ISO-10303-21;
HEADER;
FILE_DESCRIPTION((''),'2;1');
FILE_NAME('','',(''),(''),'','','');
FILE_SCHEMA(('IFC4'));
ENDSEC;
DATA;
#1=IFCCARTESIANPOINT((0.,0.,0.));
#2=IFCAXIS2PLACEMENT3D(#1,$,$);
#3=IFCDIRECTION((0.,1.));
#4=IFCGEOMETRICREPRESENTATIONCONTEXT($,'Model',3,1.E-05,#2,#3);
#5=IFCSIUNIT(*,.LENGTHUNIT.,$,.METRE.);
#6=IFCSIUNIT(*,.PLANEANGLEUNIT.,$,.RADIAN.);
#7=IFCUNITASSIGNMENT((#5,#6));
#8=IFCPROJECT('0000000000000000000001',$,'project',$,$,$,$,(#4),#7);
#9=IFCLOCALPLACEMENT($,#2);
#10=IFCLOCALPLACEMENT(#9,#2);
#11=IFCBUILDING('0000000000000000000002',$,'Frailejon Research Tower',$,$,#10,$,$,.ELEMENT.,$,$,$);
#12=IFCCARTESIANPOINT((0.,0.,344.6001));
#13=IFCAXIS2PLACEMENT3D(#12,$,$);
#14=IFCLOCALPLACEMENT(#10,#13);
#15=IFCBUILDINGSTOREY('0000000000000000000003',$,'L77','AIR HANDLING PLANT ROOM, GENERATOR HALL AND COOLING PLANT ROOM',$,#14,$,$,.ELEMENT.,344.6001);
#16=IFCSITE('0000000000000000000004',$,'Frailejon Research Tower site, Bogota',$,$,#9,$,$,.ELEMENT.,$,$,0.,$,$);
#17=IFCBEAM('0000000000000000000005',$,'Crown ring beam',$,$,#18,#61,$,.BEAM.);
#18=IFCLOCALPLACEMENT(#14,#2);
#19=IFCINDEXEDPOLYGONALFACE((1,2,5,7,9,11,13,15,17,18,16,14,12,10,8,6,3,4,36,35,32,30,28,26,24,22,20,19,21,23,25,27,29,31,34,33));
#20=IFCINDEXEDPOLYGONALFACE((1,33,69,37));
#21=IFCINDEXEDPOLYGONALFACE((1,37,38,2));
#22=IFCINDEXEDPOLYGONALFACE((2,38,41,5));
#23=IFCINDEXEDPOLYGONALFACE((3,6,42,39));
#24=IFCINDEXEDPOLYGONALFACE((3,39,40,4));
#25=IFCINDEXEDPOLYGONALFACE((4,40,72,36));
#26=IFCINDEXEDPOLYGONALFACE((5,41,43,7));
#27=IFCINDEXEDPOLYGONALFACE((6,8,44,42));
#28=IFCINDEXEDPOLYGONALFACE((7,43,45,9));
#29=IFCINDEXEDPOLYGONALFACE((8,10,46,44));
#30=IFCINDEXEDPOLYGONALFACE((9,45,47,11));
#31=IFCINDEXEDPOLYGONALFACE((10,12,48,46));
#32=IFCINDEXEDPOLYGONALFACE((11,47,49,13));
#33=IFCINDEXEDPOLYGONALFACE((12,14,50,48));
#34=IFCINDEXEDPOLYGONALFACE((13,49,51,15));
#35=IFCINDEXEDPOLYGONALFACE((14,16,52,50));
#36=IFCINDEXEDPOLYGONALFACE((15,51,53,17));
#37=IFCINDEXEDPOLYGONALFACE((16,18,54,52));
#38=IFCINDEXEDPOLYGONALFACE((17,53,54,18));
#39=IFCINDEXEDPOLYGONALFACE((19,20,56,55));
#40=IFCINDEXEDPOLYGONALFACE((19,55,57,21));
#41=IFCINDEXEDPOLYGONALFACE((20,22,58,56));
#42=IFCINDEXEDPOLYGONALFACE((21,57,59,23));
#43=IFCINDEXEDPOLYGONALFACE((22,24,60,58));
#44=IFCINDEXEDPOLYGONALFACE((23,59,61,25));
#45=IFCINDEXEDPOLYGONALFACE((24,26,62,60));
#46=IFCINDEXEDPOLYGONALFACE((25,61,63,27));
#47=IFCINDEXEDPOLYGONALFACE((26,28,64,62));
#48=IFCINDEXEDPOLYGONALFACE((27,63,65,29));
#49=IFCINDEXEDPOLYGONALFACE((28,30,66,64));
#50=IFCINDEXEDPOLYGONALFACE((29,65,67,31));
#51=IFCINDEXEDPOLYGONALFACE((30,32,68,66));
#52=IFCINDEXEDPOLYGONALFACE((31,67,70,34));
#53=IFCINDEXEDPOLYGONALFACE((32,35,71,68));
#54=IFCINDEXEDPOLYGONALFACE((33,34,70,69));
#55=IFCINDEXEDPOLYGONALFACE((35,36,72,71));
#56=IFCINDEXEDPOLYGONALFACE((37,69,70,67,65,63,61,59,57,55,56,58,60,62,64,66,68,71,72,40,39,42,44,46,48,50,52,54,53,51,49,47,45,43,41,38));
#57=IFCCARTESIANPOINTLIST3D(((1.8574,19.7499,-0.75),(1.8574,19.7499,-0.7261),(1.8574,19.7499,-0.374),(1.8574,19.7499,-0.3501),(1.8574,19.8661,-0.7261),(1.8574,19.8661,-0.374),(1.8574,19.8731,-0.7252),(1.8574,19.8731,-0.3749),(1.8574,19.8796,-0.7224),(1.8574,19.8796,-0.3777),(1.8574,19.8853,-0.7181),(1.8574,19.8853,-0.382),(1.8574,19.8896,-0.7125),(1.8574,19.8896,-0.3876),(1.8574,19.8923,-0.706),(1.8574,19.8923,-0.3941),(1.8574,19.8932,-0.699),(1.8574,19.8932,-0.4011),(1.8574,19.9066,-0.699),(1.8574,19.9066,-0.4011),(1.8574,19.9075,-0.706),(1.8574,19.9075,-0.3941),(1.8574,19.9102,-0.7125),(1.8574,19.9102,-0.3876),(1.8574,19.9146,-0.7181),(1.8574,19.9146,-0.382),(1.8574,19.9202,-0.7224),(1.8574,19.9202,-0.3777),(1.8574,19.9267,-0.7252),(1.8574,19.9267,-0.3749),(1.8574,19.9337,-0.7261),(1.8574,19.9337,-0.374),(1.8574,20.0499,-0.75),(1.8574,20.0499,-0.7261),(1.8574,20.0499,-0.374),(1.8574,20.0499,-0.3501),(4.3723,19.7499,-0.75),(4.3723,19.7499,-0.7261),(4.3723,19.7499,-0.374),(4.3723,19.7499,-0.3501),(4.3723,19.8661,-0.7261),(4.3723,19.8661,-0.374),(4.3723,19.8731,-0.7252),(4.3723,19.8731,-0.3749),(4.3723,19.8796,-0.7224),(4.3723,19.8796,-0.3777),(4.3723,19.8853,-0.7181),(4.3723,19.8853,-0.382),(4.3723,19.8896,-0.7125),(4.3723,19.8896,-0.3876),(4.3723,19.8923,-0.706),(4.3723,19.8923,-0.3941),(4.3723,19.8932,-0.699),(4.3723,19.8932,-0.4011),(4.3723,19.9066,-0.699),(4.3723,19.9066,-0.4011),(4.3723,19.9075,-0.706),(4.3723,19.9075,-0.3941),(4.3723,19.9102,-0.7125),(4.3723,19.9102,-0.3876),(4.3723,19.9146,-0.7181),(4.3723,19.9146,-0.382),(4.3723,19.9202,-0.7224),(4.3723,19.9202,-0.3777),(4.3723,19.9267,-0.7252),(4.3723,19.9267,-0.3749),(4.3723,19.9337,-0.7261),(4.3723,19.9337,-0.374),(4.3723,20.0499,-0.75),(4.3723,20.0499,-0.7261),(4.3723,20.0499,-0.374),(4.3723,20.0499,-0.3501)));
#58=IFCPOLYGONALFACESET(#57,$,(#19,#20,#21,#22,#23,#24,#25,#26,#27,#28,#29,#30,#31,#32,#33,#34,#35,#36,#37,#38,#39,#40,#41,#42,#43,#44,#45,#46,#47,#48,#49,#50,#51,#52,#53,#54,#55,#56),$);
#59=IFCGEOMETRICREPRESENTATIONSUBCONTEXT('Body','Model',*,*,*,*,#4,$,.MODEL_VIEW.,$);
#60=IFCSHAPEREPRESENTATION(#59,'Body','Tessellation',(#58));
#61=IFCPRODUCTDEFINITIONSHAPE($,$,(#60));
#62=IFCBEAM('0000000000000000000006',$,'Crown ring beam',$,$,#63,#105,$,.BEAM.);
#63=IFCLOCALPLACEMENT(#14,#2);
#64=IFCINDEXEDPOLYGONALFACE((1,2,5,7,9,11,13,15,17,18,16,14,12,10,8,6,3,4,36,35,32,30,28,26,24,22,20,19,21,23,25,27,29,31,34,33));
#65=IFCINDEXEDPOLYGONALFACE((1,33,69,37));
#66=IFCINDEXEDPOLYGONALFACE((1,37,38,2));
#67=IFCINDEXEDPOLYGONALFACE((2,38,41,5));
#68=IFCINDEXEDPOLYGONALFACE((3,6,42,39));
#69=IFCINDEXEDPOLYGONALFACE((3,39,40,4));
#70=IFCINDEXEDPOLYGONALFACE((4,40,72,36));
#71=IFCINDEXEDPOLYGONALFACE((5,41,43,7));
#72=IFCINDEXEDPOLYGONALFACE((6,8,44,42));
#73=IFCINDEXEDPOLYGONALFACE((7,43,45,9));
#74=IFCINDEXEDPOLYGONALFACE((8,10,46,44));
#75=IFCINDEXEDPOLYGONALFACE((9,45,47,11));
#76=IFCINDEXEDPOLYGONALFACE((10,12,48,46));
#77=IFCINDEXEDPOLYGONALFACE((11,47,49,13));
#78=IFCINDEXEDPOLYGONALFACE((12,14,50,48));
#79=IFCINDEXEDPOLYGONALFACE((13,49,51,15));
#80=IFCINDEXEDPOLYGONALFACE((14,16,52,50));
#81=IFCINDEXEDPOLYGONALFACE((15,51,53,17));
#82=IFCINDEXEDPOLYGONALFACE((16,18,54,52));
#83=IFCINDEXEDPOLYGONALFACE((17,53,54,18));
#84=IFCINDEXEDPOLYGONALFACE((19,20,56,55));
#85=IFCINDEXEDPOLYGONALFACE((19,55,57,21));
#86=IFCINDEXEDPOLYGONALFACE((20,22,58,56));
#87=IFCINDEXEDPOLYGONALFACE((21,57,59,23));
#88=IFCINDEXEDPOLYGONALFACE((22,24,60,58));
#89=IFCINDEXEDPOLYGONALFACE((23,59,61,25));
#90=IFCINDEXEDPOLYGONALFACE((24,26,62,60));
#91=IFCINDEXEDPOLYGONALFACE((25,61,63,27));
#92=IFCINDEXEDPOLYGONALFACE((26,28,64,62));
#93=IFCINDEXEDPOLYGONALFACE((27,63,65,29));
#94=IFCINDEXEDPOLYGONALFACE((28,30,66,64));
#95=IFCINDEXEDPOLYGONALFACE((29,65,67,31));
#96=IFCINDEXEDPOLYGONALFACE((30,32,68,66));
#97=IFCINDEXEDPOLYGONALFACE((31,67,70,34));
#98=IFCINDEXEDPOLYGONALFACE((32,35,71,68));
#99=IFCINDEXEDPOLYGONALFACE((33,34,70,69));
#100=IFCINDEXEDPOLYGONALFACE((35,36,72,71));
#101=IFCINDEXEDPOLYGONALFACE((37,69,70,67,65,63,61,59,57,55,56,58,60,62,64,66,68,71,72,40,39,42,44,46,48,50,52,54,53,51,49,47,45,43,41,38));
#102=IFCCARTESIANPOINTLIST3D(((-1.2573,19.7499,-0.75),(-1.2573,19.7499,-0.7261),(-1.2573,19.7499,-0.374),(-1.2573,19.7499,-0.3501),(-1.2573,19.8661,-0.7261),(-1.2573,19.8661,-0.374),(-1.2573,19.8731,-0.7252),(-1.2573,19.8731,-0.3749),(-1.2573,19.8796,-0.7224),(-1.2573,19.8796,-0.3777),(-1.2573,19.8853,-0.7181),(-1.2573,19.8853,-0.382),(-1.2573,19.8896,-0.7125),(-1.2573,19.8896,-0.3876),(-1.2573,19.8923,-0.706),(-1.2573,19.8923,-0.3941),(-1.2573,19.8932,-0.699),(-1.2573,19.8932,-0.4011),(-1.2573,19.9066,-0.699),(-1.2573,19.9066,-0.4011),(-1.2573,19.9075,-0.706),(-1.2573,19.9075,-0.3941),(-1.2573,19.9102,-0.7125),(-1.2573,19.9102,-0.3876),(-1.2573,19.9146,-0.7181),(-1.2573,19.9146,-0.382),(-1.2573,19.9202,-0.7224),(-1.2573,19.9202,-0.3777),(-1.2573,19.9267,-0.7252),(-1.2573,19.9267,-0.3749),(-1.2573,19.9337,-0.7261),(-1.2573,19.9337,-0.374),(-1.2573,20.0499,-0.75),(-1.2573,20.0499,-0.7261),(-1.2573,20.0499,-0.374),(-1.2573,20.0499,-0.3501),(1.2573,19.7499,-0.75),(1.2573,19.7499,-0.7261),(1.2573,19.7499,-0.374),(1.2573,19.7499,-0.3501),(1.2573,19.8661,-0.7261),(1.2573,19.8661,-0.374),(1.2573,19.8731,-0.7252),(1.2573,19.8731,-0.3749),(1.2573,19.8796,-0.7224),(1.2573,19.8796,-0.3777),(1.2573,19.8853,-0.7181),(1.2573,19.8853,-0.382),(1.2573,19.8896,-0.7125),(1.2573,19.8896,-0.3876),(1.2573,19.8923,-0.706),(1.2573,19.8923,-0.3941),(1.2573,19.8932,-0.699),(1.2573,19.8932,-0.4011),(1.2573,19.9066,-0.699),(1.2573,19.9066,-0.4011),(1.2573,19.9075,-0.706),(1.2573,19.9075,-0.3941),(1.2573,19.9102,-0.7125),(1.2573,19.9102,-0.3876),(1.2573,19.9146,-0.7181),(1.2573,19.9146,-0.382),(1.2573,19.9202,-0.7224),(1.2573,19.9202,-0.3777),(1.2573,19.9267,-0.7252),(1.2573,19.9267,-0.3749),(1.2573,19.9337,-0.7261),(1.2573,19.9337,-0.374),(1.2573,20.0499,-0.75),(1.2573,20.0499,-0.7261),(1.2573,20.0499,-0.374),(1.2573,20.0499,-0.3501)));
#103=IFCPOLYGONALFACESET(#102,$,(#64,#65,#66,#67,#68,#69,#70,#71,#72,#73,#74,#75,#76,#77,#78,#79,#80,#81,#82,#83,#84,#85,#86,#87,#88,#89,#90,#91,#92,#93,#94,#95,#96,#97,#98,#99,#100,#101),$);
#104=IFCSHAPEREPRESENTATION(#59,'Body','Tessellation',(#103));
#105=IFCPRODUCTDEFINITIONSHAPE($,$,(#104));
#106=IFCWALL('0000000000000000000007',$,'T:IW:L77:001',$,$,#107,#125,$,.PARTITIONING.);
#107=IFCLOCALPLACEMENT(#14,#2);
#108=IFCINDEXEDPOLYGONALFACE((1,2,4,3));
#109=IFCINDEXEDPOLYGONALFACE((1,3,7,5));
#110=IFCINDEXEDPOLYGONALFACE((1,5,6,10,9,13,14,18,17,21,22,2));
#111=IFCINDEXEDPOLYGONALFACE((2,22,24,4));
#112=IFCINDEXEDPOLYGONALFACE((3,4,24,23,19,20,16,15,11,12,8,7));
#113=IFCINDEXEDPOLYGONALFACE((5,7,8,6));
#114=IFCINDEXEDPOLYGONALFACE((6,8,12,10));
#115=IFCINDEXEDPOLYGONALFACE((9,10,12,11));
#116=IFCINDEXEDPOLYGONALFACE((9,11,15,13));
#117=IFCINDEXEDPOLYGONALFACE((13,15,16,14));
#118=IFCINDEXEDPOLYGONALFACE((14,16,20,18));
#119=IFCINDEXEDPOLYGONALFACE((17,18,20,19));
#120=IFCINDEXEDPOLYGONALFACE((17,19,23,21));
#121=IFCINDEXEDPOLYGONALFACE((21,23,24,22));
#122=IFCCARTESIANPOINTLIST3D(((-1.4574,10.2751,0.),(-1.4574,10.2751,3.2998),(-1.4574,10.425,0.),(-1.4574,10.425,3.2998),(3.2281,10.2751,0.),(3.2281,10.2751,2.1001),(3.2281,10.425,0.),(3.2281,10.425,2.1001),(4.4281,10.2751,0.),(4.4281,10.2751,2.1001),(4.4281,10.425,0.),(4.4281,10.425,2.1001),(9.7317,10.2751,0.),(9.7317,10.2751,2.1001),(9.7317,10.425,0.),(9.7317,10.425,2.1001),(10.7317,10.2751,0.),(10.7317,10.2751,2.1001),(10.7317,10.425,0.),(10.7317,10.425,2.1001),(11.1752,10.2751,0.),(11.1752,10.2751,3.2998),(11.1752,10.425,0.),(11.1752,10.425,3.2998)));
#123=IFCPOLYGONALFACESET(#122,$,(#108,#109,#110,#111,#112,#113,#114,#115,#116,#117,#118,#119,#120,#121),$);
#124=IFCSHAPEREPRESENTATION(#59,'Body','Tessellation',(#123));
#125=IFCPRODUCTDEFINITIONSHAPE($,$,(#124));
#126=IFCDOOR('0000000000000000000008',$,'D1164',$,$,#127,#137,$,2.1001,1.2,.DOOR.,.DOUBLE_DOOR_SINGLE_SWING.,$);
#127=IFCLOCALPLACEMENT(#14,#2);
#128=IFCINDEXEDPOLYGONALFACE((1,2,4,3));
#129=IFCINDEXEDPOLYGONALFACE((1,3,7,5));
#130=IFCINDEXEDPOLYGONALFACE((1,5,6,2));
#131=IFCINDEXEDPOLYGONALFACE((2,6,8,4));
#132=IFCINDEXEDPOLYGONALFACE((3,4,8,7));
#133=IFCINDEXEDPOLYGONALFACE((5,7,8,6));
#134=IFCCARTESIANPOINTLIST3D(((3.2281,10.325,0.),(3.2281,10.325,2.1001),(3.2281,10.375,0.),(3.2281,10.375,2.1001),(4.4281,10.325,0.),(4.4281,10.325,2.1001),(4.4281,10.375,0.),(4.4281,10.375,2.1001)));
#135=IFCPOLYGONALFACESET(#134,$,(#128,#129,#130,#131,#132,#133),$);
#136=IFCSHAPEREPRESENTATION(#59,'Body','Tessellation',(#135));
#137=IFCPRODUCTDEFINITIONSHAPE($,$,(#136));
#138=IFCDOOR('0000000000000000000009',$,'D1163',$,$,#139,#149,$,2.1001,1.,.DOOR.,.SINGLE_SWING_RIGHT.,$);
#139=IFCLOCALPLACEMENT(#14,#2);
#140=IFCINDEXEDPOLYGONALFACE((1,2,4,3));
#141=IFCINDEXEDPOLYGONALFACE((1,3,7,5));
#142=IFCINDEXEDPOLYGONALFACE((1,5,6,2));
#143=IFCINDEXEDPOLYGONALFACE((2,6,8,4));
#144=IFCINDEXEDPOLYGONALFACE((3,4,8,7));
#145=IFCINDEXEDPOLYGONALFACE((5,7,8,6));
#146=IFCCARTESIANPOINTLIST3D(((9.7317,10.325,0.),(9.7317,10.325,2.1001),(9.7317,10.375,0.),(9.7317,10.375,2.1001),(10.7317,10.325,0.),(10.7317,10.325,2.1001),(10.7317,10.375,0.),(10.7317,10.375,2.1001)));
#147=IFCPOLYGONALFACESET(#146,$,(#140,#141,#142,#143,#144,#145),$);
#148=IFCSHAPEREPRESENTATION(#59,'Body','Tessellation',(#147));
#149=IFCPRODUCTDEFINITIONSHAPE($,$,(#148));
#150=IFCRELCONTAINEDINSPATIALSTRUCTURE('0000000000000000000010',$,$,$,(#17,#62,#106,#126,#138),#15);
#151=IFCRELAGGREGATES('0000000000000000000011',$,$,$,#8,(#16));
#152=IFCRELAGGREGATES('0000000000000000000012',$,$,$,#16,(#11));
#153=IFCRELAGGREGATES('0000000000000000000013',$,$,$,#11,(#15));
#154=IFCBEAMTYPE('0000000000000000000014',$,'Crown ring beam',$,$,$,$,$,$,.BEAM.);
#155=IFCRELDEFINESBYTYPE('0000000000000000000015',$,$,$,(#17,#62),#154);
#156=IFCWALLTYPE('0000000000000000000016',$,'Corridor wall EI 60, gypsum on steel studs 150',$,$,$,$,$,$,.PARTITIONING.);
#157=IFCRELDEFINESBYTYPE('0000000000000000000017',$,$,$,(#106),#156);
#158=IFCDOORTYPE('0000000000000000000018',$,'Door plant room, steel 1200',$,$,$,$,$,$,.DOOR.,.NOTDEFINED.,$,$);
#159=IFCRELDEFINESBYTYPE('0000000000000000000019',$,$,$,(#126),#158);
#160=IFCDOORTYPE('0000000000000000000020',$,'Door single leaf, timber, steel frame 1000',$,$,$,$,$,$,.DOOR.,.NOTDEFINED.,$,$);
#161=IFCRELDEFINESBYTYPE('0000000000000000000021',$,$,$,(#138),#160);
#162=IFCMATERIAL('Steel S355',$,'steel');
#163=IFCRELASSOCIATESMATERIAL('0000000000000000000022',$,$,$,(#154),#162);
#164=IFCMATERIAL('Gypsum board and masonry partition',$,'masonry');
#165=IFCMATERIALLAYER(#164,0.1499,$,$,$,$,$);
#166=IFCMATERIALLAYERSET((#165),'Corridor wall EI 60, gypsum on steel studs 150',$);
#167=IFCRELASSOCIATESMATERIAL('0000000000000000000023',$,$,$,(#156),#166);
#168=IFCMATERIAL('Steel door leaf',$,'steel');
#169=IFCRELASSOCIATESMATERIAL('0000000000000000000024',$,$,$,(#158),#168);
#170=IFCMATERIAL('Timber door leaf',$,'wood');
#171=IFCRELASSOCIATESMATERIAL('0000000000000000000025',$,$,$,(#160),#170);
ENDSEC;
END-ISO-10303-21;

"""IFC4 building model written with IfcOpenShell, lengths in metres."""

from ifc_helpers import new_model, si_unit, direction, frame, frame_2d, origin, origin_2d, place, context, subcontext, project, spatial, rectangle, i_section, extrude, material, layer, layer_set, material_profile, profile_set, type_object, element, fill, save


model = new_model("IFC4")

# Units and contexts
model_context = context("Model", 3, precision=1e-05, world=origin(), true_north=direction((0.0, 1.0)))
body_context = subcontext(model_context, "Body", "Model", "MODEL_VIEW")
ifc_project = project(units=[si_unit("LENGTHUNIT", "METRE"), si_unit("PLANEANGLEUNIT", "RADIAN")], contexts=[model_context])

# Site, building, storey
site_placement = place(None, origin())
site = spatial("IfcSite", under=ifc_project, at=site_placement, Name="Frailejon Research Tower site, Bogota", CompositionType="ELEMENT", RefElevation=0.0)
building_placement = place(site_placement, origin())
building = spatial("IfcBuilding", under=site, at=building_placement, Name="Frailejon Research Tower", CompositionType="ELEMENT")
storey_placement = place(building_placement, frame((0.0, 0.0, 344.6001)))
storey = spatial("IfcBuildingStorey", under=building, at=storey_placement, Name="L77", Description="AIR HANDLING PLANT ROOM, GENERATOR HALL AND COOLING PLANT ROOM", CompositionType="ELEMENT", Elevation=344.6001)

# Beams
ifc_material_1 = material(Name="Steel S355", Category="steel")
ifc_material_profile_1 = material_profile(ifc_material_1, i_section(OverallWidth=0.3, OverallDepth=0.3999, WebThickness=0.0134, FlangeThickness=0.0239, FilletRadius=0.0271, at=origin_2d()), Name="HE 400 B")
ifc_profile_set_1 = profile_set([ifc_material_profile_1], Name="Steel S355")
beam_type_1 = type_object("IfcBeamType", Name="Crown ring beam", PredefinedType="BEAM", material=ifc_profile_set_1)
for number, where, z_axis, x_axis, name in (
    (1, (4.3723, 19.8999, -0.55), (-1.0, 0.0, 0.0), (0.0, -1.0, 0.0), "Crown ring beam"),
):
    element("IfcBeam", number, at=place(storey_placement, frame(where, z_axis=z_axis, x_axis=x_axis)), inside=storey, type_object=beam_type_1, Name=name, PredefinedType="BEAM", context=body_context, shape_type="SweptSolid", body=[
        extrude(i_section(OverallWidth=0.3, OverallDepth=0.3999, WebThickness=0.0134, FlangeThickness=0.0239, FilletRadius=0.0271, at=origin_2d()), origin(), (0.0, 0.0, 1.0), 2.5149),
    ])
beam_1_placement = place(storey_placement, frame((1.2573, 19.8999, -0.55), z_axis=(-1.0, 0.0, 0.0), x_axis=(0.0, -1.0, 0.0)))
element("IfcBeam", 2, at=beam_1_placement, inside=storey, type_object=beam_type_1, Name="Crown ring beam", PredefinedType="BEAM", context=body_context, shape_type="SweptSolid", body=[
    extrude(i_section(OverallWidth=0.3, OverallDepth=0.3999, WebThickness=0.0134, FlangeThickness=0.0239, FilletRadius=0.0271, at=origin_2d()), origin(), (0.0, 0.0, 1.0), 2.5146),
])

# Wall, openings, doors
ifc_material_2 = material(Name="Gypsum board and masonry partition", Category="masonry")
ifc_layer_1 = layer(ifc_material_2, 0.1499)
ifc_layer_set_1 = layer_set([ifc_layer_1], Name="Corridor wall EI 60, gypsum on steel studs 150")
wall_type_1 = type_object("IfcWallType", Name="Corridor wall EI 60, gypsum on steel studs 150", PredefinedType="PARTITIONING", material=ifc_layer_set_1)
wall_1_placement = place(storey_placement, frame((-1.4575, 10.3501, 0.0), z_axis=(0.0, 0.0, 1.0), x_axis=(1.0, 0.0, 0.0)))
wall_1 = element("IfcWall", 3, at=wall_1_placement, inside=storey, type_object=wall_type_1, Name="T:IW:L77:001", PredefinedType="PARTITIONING", context=body_context, shape_type="SweptSolid", body=[
    extrude(rectangle(XDim=12.6326, YDim=0.1499, at=frame_2d((6.3164, 0.0))), origin(), (0.0, 0.0, 1.0), 3.2998),
])
opening_1_placement = place(wall_1_placement, frame((11.1892, 0.0, 0.0)))
opening_1 = element("IfcOpeningElement", 4, at=opening_1_placement, cuts=wall_1, PredefinedType="OPENING", context=body_context, shape_type="SweptSolid", body=[
    extrude(rectangle(XDim=1.0, YDim=2.1001, at=frame_2d((0.5, 1.05))), frame((0.0, 0.085, 0.0), z_axis=(0.0, -1.0, 0.0), x_axis=(1.0, 0.0, 0.0)), (0.0, 0.0, 1.0), 0.1699),
])
opening_2_placement = place(wall_1_placement, frame((4.6855, 0.0, 0.0)))
opening_2 = element("IfcOpeningElement", 5, at=opening_2_placement, cuts=wall_1, PredefinedType="OPENING", context=body_context, shape_type="SweptSolid", body=[
    extrude(rectangle(XDim=1.2, YDim=2.1001, at=frame_2d((0.6001, 1.05))), frame((0.0, 0.085, 0.0), z_axis=(0.0, -1.0, 0.0), x_axis=(1.0, 0.0, 0.0)), (0.0, 0.0, 1.0), 0.1699),
])
ifc_material_3 = material(Name="Steel door leaf", Category="steel")
door_type_1 = type_object("IfcDoorType", Name="Door plant room, steel 1200", OperationType="NOTDEFINED", PredefinedType="DOOR", material=ifc_material_3)
door_1_placement = place(opening_2_placement, origin())
door_1 = element("IfcDoor", 6, at=door_1_placement, inside=storey, type_object=door_type_1, Name="D1164", OperationType="DOUBLE_DOOR_SINGLE_SWING", OverallHeight=2.1001, OverallWidth=1.2, PredefinedType="DOOR", context=body_context, shape_type="SweptSolid", body=[
    extrude(rectangle(XDim=1.2, YDim=2.1001, at=frame_2d((0.6001, 1.05))), frame((0.0, 0.0249, 0.0), z_axis=(0.0, -1.0, 0.0), x_axis=(1.0, 0.0, 0.0)), (0.0, 0.0, 1.0), 0.05),
])
fill(opening_2, door_1)
ifc_material_4 = material(Name="Timber door leaf", Category="wood")
door_type_2 = type_object("IfcDoorType", Name="Door single leaf, timber, steel frame 1000", OperationType="NOTDEFINED", PredefinedType="DOOR", material=ifc_material_4)
door_2_placement = place(opening_1_placement, origin())
door_2 = element("IfcDoor", 7, at=door_2_placement, inside=storey, type_object=door_type_2, Name="D1163", OperationType="SINGLE_SWING_RIGHT", OverallHeight=2.1001, OverallWidth=1.0, PredefinedType="DOOR", context=body_context, shape_type="SweptSolid", body=[
    extrude(rectangle(XDim=1.0, YDim=2.1001, at=frame_2d((0.5, 1.05))), frame((0.0, 0.0249, 0.0), z_axis=(0.0, -1.0, 0.0), x_axis=(1.0, 0.0, 0.0)), (0.0, 0.0, 1.0), 0.05),
])
fill(opening_1, door_2)

save(model, "model.ifc")
